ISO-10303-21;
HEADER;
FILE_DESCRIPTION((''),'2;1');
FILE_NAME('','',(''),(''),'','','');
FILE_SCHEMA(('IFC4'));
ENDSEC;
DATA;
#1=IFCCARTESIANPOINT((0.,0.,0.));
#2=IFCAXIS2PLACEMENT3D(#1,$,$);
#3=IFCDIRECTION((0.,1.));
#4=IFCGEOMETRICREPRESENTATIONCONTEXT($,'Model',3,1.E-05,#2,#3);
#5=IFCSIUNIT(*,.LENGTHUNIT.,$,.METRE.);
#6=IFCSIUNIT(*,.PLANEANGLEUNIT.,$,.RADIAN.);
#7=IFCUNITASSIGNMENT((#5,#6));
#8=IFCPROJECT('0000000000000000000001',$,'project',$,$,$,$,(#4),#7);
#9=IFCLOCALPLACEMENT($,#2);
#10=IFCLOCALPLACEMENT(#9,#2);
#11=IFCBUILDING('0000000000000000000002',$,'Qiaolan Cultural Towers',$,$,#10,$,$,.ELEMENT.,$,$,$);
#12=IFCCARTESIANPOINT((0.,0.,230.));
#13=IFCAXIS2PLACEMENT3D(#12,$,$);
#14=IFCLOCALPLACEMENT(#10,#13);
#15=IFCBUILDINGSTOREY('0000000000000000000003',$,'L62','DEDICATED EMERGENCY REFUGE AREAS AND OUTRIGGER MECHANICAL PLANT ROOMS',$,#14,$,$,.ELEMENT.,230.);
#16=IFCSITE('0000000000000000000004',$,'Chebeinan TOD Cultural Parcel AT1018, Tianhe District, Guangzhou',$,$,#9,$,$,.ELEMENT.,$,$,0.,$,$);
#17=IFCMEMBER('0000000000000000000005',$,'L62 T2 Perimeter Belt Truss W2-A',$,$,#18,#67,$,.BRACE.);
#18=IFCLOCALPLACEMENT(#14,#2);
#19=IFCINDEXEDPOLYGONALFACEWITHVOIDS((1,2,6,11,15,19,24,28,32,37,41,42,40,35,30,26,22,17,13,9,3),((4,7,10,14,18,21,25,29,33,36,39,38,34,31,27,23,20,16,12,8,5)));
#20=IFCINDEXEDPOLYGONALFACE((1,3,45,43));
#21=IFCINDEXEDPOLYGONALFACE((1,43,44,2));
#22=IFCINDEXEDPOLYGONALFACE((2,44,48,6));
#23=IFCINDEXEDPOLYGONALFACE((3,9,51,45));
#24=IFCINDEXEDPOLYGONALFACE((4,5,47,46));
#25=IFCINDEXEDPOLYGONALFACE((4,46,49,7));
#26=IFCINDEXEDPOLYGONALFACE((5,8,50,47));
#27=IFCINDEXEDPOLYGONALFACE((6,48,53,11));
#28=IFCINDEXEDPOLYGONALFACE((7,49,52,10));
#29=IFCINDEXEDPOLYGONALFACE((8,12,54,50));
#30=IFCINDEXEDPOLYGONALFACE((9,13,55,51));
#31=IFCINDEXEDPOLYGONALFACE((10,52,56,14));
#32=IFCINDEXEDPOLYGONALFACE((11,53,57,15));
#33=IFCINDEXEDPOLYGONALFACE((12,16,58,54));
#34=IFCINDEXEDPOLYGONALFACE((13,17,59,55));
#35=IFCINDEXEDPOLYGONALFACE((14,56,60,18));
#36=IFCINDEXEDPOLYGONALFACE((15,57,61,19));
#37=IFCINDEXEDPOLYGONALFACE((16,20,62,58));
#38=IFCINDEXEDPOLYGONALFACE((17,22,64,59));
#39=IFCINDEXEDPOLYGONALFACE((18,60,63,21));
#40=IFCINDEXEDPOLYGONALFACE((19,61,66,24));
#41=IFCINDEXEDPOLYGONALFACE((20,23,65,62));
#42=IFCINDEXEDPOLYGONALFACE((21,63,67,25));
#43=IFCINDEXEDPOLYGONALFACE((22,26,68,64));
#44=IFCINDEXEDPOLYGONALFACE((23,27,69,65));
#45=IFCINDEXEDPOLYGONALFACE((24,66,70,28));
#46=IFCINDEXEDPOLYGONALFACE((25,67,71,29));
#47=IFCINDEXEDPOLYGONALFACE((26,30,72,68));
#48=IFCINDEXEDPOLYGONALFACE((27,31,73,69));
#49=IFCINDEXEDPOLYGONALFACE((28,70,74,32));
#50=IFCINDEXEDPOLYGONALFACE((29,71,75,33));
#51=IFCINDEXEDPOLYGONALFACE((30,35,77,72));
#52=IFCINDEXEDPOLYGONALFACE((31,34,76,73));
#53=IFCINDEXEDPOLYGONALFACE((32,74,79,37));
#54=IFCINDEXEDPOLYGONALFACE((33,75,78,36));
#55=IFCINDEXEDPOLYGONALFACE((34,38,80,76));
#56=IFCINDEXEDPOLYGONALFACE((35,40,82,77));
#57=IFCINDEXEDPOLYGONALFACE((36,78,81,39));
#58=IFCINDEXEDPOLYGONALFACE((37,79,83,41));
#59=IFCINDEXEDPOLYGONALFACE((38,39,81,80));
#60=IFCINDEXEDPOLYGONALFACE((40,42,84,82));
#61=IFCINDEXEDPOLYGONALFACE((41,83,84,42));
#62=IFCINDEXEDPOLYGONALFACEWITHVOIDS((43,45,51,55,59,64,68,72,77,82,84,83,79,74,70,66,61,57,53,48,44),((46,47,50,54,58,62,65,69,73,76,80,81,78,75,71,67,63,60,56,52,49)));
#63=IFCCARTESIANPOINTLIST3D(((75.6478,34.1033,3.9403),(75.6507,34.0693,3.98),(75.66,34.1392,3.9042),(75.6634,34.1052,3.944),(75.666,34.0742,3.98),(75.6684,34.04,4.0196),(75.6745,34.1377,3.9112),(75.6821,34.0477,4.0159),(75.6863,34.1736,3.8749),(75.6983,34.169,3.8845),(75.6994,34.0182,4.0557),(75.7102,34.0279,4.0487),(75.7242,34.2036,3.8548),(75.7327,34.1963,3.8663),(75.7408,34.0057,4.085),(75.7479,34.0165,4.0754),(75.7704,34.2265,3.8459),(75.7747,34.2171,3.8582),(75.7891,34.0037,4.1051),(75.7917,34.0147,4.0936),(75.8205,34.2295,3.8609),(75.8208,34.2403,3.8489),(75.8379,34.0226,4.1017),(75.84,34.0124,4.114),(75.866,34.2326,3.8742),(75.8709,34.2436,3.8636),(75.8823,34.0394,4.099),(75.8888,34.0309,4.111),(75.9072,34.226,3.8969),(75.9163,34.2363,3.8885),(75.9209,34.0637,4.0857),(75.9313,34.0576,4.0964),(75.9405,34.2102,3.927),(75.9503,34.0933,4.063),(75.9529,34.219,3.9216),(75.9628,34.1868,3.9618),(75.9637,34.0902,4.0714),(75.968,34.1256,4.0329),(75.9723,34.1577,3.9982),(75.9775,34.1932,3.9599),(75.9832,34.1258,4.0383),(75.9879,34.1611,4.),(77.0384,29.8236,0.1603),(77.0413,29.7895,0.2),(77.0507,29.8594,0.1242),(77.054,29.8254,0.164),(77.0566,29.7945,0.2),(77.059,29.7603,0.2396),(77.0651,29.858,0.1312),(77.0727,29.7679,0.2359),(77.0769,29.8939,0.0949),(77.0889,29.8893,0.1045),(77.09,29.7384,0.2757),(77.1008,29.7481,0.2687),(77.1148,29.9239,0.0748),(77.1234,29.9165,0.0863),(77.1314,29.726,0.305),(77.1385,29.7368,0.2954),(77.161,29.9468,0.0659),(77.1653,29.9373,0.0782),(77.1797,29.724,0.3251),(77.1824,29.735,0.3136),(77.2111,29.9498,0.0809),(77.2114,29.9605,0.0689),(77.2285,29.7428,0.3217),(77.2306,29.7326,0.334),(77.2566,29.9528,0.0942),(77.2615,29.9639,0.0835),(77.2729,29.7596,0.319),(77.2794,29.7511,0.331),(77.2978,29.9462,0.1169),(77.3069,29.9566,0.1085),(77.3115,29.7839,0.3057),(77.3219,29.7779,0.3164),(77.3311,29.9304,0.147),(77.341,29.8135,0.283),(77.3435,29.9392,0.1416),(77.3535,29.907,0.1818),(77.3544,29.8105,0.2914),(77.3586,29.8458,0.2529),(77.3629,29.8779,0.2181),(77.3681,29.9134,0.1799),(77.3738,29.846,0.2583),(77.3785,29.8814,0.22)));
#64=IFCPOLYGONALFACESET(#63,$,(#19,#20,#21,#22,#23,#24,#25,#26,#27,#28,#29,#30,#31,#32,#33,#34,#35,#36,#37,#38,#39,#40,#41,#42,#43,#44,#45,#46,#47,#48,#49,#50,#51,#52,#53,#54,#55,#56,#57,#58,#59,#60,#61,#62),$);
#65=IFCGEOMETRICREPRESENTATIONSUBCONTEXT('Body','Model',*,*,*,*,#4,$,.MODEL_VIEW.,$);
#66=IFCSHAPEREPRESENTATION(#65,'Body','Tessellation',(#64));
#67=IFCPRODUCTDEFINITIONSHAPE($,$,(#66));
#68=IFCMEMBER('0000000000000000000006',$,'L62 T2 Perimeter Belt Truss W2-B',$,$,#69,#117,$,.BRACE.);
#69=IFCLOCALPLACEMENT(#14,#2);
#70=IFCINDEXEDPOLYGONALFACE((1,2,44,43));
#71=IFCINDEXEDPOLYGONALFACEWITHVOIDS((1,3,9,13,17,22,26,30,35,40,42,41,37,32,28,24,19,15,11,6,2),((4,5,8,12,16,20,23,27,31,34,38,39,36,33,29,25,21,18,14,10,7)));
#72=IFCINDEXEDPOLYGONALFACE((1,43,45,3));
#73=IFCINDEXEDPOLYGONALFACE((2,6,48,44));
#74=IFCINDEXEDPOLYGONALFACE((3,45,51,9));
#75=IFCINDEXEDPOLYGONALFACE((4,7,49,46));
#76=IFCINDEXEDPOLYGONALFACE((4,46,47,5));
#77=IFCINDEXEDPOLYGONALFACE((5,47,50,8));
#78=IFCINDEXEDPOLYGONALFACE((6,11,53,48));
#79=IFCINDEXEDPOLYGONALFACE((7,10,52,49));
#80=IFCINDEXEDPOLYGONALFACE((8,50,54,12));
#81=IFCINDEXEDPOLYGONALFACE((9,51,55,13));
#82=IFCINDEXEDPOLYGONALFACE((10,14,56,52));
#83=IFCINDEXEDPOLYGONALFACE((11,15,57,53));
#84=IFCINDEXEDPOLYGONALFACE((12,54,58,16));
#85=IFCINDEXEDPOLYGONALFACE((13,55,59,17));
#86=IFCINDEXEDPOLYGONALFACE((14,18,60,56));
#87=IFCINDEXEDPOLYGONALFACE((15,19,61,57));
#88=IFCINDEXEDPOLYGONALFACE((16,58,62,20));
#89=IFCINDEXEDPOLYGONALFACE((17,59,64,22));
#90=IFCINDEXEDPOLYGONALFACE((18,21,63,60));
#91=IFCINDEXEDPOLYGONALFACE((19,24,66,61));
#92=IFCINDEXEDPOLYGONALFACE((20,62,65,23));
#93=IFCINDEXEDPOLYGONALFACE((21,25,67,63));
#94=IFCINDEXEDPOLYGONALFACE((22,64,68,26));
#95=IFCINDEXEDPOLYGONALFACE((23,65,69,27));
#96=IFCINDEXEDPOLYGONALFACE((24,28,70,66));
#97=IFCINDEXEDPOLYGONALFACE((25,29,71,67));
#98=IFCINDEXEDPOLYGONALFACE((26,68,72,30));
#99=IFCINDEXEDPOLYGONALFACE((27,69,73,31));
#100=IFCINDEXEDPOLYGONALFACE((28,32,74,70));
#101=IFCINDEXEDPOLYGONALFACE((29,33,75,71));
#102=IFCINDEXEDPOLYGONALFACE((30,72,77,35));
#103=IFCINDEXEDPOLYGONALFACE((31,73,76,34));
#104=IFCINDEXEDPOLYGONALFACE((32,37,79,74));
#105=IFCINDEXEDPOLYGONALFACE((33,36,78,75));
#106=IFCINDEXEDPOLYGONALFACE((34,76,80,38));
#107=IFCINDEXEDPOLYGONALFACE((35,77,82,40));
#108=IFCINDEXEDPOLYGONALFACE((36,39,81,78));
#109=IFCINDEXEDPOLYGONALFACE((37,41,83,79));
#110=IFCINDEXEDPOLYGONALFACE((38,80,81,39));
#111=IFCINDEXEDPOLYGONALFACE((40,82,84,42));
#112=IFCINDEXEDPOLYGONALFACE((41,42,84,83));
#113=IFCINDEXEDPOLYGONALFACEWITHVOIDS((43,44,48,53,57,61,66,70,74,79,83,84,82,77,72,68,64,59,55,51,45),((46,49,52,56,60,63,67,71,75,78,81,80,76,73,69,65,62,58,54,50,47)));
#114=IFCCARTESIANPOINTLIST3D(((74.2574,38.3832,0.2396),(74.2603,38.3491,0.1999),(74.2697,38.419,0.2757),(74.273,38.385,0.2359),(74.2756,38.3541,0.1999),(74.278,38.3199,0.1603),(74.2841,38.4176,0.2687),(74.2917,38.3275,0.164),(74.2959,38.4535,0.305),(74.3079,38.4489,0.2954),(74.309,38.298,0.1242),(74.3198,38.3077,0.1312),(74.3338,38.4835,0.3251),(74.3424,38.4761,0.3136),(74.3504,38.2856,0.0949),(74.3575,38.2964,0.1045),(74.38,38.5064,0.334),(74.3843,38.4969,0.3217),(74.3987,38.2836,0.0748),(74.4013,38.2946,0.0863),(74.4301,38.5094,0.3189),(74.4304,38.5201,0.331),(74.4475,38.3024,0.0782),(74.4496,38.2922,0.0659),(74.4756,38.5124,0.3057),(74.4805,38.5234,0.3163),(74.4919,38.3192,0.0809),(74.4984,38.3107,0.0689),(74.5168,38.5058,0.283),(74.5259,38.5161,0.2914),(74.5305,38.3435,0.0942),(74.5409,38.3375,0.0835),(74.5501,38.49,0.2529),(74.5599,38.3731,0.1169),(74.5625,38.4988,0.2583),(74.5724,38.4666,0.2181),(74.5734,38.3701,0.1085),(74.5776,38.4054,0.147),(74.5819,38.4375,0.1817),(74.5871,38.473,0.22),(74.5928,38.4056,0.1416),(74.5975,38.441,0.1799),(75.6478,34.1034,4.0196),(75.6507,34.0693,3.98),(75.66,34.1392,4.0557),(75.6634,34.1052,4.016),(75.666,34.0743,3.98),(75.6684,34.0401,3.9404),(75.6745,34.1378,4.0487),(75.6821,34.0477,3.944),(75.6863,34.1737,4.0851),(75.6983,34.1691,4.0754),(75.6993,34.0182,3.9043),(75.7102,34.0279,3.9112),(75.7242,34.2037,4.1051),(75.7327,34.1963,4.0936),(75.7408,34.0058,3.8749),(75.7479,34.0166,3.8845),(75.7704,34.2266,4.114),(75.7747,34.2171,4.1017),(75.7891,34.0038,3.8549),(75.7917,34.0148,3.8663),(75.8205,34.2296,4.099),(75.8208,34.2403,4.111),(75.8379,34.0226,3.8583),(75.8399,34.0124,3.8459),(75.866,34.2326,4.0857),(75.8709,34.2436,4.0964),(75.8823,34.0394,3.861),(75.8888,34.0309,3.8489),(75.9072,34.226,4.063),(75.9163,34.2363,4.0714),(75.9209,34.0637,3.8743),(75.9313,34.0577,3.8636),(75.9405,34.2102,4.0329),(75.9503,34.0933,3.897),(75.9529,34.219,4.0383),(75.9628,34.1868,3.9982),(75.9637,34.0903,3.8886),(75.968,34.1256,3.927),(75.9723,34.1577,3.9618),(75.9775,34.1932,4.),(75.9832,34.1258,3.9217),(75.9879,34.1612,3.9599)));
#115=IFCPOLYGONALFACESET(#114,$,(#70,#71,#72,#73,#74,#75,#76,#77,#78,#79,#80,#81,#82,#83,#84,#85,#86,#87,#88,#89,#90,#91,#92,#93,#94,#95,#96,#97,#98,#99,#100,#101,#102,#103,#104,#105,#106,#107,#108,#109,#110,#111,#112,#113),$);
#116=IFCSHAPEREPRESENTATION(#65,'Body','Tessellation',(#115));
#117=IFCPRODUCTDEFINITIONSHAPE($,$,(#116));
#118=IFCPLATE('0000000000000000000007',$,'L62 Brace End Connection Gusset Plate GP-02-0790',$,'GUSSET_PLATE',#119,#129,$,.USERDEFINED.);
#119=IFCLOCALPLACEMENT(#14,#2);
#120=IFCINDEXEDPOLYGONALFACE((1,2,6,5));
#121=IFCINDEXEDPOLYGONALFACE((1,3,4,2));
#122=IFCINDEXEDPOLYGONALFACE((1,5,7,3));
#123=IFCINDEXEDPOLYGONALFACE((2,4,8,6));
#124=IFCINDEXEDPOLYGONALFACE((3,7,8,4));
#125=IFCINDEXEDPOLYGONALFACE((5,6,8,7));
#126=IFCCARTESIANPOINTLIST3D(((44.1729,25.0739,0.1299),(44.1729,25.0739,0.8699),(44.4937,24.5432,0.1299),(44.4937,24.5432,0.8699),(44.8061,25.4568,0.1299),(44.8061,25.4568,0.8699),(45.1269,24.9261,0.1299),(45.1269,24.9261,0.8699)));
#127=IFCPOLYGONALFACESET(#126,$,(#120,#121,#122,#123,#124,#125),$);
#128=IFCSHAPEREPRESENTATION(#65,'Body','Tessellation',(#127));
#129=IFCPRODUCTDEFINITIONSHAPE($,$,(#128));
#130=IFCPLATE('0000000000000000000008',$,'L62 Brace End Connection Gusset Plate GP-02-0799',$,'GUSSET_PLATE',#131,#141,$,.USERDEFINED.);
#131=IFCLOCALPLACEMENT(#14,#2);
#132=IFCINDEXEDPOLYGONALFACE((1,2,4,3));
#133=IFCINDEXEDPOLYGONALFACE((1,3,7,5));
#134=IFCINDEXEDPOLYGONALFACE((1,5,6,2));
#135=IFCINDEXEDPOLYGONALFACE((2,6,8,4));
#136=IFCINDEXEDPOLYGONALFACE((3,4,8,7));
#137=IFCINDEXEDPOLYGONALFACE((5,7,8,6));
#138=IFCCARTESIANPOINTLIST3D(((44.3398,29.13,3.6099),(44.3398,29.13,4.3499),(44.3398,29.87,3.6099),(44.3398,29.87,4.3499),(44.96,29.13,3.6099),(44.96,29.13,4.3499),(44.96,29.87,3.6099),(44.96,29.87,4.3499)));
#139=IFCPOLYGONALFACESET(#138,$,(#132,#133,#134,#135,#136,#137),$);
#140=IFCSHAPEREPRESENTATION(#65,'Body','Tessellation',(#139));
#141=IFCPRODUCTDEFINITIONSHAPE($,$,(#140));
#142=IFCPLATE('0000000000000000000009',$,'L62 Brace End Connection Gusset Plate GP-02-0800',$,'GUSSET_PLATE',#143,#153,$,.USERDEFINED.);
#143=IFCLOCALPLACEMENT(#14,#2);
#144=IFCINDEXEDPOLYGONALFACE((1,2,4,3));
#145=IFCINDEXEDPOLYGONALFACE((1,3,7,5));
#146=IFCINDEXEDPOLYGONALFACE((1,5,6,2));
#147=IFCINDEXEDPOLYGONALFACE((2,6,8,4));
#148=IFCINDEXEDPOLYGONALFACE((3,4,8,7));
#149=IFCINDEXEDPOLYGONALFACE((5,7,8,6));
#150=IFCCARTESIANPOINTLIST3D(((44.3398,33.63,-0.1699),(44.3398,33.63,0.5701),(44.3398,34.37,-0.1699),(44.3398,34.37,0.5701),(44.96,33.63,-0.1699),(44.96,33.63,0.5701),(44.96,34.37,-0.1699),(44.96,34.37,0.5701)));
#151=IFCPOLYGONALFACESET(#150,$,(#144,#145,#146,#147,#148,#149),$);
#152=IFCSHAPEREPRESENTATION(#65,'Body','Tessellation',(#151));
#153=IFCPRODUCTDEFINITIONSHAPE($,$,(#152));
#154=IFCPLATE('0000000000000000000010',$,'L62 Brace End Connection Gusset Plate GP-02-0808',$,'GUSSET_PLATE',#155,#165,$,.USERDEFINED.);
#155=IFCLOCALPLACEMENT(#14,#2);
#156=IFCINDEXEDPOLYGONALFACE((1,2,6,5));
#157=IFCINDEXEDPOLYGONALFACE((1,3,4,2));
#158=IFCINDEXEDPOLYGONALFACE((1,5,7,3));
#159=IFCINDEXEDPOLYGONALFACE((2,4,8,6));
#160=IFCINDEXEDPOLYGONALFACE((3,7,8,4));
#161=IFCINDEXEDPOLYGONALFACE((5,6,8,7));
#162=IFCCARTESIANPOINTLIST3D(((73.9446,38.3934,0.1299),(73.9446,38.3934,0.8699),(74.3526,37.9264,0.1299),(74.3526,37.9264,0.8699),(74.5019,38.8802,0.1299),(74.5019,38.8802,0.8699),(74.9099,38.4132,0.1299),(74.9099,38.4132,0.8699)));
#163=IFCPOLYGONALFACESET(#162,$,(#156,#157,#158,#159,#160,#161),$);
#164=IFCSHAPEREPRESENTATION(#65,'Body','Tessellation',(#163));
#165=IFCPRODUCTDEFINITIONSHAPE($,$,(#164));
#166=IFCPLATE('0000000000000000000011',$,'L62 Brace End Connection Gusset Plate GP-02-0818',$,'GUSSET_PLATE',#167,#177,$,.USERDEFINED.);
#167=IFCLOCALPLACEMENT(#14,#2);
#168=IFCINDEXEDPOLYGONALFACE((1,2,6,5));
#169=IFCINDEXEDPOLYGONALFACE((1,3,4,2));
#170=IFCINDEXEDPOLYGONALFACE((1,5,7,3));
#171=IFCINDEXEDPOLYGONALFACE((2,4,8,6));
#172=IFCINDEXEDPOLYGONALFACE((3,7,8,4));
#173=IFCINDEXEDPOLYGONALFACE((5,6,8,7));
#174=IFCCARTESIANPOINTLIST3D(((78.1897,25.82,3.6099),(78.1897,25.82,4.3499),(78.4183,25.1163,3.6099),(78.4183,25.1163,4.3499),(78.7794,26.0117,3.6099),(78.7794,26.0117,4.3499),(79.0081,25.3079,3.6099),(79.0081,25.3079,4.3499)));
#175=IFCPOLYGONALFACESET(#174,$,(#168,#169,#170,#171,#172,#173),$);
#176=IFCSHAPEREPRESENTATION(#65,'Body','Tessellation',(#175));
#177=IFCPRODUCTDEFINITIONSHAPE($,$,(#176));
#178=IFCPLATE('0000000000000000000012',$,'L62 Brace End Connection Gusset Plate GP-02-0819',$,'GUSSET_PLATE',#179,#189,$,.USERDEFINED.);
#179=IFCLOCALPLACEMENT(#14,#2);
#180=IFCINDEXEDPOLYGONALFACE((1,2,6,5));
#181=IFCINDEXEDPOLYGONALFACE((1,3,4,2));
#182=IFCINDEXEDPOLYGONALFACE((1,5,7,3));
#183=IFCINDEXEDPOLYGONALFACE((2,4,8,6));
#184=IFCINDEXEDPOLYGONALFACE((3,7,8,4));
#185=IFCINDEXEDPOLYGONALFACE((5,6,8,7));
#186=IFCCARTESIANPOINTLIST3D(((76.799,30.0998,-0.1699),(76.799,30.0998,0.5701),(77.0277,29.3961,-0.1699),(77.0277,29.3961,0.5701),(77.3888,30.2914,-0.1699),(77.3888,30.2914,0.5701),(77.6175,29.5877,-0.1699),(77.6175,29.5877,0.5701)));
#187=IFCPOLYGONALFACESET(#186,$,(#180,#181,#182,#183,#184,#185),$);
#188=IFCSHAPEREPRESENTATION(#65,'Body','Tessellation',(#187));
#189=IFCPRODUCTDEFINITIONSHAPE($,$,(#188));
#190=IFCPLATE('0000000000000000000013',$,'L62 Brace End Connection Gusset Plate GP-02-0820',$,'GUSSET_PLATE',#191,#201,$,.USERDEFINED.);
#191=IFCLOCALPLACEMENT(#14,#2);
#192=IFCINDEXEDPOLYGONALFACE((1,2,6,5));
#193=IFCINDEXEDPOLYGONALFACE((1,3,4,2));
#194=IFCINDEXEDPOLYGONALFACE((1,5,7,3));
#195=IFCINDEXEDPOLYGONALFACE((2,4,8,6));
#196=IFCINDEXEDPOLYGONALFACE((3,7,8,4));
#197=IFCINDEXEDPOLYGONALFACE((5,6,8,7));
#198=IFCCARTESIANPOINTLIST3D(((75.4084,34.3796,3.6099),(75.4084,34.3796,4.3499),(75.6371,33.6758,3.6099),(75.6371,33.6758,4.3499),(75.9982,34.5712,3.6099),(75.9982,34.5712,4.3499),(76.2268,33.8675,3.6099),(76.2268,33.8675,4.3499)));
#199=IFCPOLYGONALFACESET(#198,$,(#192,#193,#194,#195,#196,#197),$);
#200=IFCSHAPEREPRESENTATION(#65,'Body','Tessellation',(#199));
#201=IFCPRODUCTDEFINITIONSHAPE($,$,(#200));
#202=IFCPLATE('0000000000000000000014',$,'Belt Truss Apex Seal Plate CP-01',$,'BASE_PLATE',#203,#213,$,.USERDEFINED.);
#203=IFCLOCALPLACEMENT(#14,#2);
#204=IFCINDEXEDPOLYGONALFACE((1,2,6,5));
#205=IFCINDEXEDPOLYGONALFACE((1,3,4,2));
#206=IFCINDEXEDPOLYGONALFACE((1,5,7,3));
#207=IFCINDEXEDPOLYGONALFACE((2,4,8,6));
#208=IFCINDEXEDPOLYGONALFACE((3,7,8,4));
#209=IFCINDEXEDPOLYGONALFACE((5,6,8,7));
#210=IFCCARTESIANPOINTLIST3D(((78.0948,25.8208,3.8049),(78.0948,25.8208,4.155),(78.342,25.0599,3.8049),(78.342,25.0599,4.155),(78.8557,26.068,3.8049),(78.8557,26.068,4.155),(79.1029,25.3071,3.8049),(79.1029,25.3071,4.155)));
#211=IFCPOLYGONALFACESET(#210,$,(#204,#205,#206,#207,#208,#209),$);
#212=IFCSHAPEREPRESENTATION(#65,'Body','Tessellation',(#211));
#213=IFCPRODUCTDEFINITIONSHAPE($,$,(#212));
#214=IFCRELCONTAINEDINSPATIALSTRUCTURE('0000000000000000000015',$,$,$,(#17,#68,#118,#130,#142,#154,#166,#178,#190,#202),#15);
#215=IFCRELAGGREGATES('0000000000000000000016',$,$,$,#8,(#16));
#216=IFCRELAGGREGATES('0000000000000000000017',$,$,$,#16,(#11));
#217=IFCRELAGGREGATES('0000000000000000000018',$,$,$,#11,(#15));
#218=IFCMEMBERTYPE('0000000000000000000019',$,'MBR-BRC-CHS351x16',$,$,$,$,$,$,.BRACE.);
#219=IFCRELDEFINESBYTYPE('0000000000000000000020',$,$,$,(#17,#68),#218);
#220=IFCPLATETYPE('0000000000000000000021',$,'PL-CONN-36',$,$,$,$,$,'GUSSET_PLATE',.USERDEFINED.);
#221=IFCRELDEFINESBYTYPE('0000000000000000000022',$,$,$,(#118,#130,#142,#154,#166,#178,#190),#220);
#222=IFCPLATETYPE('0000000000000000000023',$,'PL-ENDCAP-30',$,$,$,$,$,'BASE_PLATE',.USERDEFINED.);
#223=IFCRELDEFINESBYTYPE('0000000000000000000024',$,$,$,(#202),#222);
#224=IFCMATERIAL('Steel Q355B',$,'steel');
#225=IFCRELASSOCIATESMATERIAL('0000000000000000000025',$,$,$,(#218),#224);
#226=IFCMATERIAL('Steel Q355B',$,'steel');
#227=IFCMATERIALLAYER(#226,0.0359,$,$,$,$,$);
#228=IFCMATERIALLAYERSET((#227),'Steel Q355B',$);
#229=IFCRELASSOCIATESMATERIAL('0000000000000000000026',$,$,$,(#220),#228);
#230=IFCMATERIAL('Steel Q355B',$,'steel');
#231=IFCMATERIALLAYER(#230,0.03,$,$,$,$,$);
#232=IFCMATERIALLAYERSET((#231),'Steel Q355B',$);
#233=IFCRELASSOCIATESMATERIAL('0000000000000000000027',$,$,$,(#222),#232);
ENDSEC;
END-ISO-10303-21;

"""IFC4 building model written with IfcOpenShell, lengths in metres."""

from ifc_helpers import new_model, si_unit, direction, frame, origin, origin_2d, place, context, subcontext, project, spatial, rectangle, hollow_circle, extrude, material, layer, layer_set, material_profile, profile_set, type_object, element, save


model = new_model("IFC4")

# Units and contexts
model_context = context("Model", 3, precision=1e-05, world=origin(), true_north=direction((0.0, 1.0)))
body_context = subcontext(model_context, "Body", "Model", "MODEL_VIEW")
ifc_project = project(units=[si_unit("LENGTHUNIT", "METRE"), si_unit("PLANEANGLEUNIT", "RADIAN")], contexts=[model_context])

# Site, building, storey
site_placement = place(None, origin())
site = spatial("IfcSite", under=ifc_project, at=site_placement, Name="Chebeinan TOD Cultural Parcel AT1018, Tianhe District, Guangzhou", CompositionType="ELEMENT", RefElevation=0.0)
building_placement = place(site_placement, origin())
building = spatial("IfcBuilding", under=site, at=building_placement, Name="Qiaolan Cultural Towers", CompositionType="ELEMENT")
storey_placement = place(building_placement, frame((0.0, 0.0, 230.0)))
storey = spatial("IfcBuildingStorey", under=building, at=storey_placement, Name="L62", Description="DEDICATED EMERGENCY REFUGE AREAS AND OUTRIGGER MECHANICAL PLANT ROOMS", CompositionType="ELEMENT", Elevation=230.0)

# Members
ifc_material_1 = material(Name="Steel Q355B", Category="steel")
ifc_material_profile_1 = material_profile(ifc_material_1, hollow_circle(Radius=0.1755, WallThickness=0.0161, at=origin_2d()), Name="CHS351x16")
ifc_profile_set_1 = profile_set([ifc_material_profile_1], Name="Steel Q355B")
member_type = type_object("IfcMemberType", Name="MBR-BRC-CHS351x16", PredefinedType="BRACE", material=ifc_profile_set_1)
for number, where, z_axis, x_axis, name in (
    (1, (77.2083, 29.8438, 0.2), (-0.236622, 0.728227, 0.643191), (-0.951054, -0.309025, 0.0), "L62 T2 Perimeter Belt Truss W2-A"),
    (2, (75.8176, 34.1235, 3.98), (-0.236583, 0.728234, -0.643198), (-0.95107, -0.308976, 0.0), "L62 T2 Perimeter Belt Truss W2-B"),
):
    element("IfcMember", number, at=place(storey_placement, frame(where, z_axis=z_axis, x_axis=x_axis)), inside=storey, type_object=member_type, Name=name, PredefinedType="BRACE", context=body_context, shape_type="SweptSolid", body=[
        extrude(hollow_circle(Radius=0.1755, WallThickness=0.0161, at=origin_2d()), origin(), (0.0, 0.0, 1.0), 5.877),
    ])

# Plates
ifc_material_2 = material(Name="Steel Q355B", Category="steel")
ifc_layer_1 = layer(ifc_material_2, 0.0359)
ifc_layer_set_1 = layer_set([ifc_layer_1], Name="Steel Q355B")
plate_type_1 = type_object("IfcPlateType", Name="PL-CONN-36", ElementType="GUSSET_PLATE", PredefinedType="USERDEFINED", material=ifc_layer_set_1)
for number, where, z_axis, x_axis, name in (
    (3, (44.6499, 25.0, 0.1299), (0.0, 0.0, 1.0), (0.855732, 0.517419, 0.0), "L62 Brace End Connection Gusset Plate GP-02-0790"),
    (4, (44.6499, 29.5, 3.6099), (0.0, 0.0, 1.0), (0.0, 1.0, 0.0), "L62 Brace End Connection Gusset Plate GP-02-0799"),
    (5, (44.6499, 34.0, -0.1699), (0.0, 0.0, 1.0), (0.0, 1.0, 0.0), "L62 Brace End Connection Gusset Plate GP-02-0800"),
    (6, (74.4272, 38.4033, 0.1299), (0.0, 0.0, 1.0), (0.75311, 0.657894, 0.0), "L62 Brace End Connection Gusset Plate GP-02-0808"),
    (7, (78.5989, 25.564, 3.6099), (0.0, 0.0, 1.0), (-0.309017, 0.951057, 0.0), "L62 Brace End Connection Gusset Plate GP-02-0818"),
    (8, (77.2083, 29.8438, -0.1699), (0.0, 0.0, 1.0), (-0.309017, 0.951057, 0.0), "L62 Brace End Connection Gusset Plate GP-02-0819"),
    (9, (75.8176, 34.1235, 3.6099), (0.0, 0.0, 1.0), (-0.309017, 0.951057, 0.0), "L62 Brace End Connection Gusset Plate GP-02-0820"),
):
    element("IfcPlate", number, at=place(storey_placement, frame(where, z_axis=z_axis, x_axis=x_axis)), inside=storey, type_object=plate_type_1, Name=name, ObjectType="GUSSET_PLATE", PredefinedType="USERDEFINED", context=body_context, shape_type="SweptSolid", body=[
        extrude(rectangle(XDim=0.74, YDim=0.6201, at=origin_2d()), origin(), (0.0, 0.0, 1.0), 0.74),
    ])
ifc_material_3 = material(Name="Steel Q355B", Category="steel")
ifc_layer_2 = layer(ifc_material_3, 0.03)
ifc_layer_set_2 = layer_set([ifc_layer_2], Name="Steel Q355B")
plate_type_2 = type_object("IfcPlateType", Name="PL-ENDCAP-30", ElementType="BASE_PLATE", PredefinedType="USERDEFINED", material=ifc_layer_set_2)
for number, where, z_axis, x_axis, name in (
    (10, (78.5989, 25.564, 3.8049), (0.0, 0.0, 1.0), (0.951057, 0.309017, 0.0), "Belt Truss Apex Seal Plate CP-01"),
):
    element("IfcPlate", number, at=place(storey_placement, frame(where, z_axis=z_axis, x_axis=x_axis)), inside=storey, type_object=plate_type_2, Name=name, ObjectType="BASE_PLATE", PredefinedType="USERDEFINED", context=body_context, shape_type="SweptSolid", body=[
        extrude(rectangle(XDim=0.8, YDim=0.8, at=origin_2d()), origin(), (0.0, 0.0, 1.0), 0.3501),
    ])

save(model, "model.ifc")
